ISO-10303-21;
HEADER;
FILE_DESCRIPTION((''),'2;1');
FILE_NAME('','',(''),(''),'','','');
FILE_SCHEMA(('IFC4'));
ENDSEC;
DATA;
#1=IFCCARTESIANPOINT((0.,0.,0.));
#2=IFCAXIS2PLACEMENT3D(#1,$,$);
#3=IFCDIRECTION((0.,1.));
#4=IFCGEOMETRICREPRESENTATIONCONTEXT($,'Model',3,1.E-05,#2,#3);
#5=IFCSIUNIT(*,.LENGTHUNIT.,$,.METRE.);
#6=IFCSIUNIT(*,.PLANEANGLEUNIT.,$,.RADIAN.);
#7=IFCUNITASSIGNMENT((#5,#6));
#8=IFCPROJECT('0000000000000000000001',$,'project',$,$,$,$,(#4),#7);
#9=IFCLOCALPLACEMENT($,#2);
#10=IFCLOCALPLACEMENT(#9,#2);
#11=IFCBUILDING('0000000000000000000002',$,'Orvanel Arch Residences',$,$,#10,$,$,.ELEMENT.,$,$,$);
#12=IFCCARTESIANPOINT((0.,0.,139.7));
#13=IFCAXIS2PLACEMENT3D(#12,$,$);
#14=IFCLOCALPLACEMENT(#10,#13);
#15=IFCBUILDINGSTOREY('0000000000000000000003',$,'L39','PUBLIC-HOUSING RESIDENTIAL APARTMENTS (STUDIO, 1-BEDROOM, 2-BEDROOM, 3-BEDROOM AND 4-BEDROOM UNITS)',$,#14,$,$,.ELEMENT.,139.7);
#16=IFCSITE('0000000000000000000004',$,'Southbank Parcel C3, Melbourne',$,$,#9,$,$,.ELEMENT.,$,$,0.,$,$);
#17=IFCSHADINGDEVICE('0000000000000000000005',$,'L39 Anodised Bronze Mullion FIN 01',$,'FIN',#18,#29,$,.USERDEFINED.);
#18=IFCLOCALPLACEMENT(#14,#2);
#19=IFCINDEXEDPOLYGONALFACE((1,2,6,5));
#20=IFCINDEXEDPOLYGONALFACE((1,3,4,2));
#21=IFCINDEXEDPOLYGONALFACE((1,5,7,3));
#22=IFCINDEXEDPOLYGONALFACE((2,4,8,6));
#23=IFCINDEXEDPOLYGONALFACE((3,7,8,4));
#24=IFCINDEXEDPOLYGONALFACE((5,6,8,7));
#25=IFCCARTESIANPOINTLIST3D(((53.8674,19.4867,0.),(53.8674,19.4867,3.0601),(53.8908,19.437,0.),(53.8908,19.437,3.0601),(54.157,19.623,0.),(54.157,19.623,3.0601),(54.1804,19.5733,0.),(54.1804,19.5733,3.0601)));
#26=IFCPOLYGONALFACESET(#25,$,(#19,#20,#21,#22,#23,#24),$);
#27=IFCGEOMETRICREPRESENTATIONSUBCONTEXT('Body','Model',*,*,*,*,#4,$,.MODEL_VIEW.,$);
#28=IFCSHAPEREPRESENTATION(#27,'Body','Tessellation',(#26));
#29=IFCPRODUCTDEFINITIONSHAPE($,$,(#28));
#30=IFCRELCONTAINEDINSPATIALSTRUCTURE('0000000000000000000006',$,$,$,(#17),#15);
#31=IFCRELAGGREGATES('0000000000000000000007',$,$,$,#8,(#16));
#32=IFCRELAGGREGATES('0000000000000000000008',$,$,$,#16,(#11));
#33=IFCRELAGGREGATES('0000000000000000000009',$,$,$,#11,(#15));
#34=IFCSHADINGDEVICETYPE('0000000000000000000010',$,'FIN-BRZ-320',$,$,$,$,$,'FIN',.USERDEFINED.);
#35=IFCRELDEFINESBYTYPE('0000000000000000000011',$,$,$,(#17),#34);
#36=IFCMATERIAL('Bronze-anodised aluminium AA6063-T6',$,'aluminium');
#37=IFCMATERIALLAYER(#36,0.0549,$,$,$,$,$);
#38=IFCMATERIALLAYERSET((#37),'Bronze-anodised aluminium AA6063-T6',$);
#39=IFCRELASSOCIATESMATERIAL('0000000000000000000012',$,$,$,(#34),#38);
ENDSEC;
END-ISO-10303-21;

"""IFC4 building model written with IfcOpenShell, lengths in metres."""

from ifc_helpers import new_model, si_unit, direction, frame, origin, origin_2d, place, context, subcontext, project, spatial, rectangle, extrude, material, layer, layer_set, type_object, element, save


model = new_model("IFC4")

# Units and contexts
model_context = context("Model", 3, precision=1e-05, world=origin(), true_north=direction((0.0, 1.0)))
body_context = subcontext(model_context, "Body", "Model", "MODEL_VIEW")
ifc_project = project(units=[si_unit("LENGTHUNIT", "METRE"), si_unit("PLANEANGLEUNIT", "RADIAN")], contexts=[model_context])

# Site, building, storey
site_placement = place(None, origin())
site = spatial("IfcSite", under=ifc_project, at=site_placement, Name="Southbank Parcel C3, Melbourne", CompositionType="ELEMENT", RefElevation=0.0)
building_placement = place(site_placement, origin())
building = spatial("IfcBuilding", under=site, at=building_placement, Name="Orvanel Arch Residences", CompositionType="ELEMENT")
storey_placement = place(building_placement, frame((0.0, 0.0, 139.7)))
storey = spatial("IfcBuildingStorey", under=building, at=storey_placement, Name="L39", Description="PUBLIC-HOUSING RESIDENTIAL APARTMENTS (STUDIO, 1-BEDROOM, 2-BEDROOM, 3-BEDROOM AND 4-BEDROOM UNITS)", CompositionType="ELEMENT", Elevation=139.7)

# Shared definitions
ifc_material_1 = material(Name="Bronze-anodised aluminium AA6063-T6", Category="aluminium")

# Shading device
ifc_layer_1 = layer(ifc_material_1, 0.0549)
ifc_layer_set_1 = layer_set([ifc_layer_1], Name="Bronze-anodised aluminium AA6063-T6")
shading_device_type = type_object("IfcShadingDeviceType", Name="FIN-BRZ-320", ElementType="FIN", PredefinedType="USERDEFINED", material=ifc_layer_set_1)
shading_device_placement = place(storey_placement, frame((54.0239, 19.53, 0.0), z_axis=(0.0, 0.0, 1.0), x_axis=(0.904827, 0.425779, 0.0)))
element("IfcShadingDevice", 1, at=shading_device_placement, inside=storey, type_object=shading_device_type, Name="L39 Anodised Bronze Mullion FIN 01", ObjectType="FIN", PredefinedType="USERDEFINED", context=body_context, shape_type="SweptSolid", body=[
    extrude(rectangle(XDim=0.3201, YDim=0.0549, at=origin_2d()), origin(), (0.0, 0.0, 1.0), 3.0601),
])

save(model, "model.ifc")
